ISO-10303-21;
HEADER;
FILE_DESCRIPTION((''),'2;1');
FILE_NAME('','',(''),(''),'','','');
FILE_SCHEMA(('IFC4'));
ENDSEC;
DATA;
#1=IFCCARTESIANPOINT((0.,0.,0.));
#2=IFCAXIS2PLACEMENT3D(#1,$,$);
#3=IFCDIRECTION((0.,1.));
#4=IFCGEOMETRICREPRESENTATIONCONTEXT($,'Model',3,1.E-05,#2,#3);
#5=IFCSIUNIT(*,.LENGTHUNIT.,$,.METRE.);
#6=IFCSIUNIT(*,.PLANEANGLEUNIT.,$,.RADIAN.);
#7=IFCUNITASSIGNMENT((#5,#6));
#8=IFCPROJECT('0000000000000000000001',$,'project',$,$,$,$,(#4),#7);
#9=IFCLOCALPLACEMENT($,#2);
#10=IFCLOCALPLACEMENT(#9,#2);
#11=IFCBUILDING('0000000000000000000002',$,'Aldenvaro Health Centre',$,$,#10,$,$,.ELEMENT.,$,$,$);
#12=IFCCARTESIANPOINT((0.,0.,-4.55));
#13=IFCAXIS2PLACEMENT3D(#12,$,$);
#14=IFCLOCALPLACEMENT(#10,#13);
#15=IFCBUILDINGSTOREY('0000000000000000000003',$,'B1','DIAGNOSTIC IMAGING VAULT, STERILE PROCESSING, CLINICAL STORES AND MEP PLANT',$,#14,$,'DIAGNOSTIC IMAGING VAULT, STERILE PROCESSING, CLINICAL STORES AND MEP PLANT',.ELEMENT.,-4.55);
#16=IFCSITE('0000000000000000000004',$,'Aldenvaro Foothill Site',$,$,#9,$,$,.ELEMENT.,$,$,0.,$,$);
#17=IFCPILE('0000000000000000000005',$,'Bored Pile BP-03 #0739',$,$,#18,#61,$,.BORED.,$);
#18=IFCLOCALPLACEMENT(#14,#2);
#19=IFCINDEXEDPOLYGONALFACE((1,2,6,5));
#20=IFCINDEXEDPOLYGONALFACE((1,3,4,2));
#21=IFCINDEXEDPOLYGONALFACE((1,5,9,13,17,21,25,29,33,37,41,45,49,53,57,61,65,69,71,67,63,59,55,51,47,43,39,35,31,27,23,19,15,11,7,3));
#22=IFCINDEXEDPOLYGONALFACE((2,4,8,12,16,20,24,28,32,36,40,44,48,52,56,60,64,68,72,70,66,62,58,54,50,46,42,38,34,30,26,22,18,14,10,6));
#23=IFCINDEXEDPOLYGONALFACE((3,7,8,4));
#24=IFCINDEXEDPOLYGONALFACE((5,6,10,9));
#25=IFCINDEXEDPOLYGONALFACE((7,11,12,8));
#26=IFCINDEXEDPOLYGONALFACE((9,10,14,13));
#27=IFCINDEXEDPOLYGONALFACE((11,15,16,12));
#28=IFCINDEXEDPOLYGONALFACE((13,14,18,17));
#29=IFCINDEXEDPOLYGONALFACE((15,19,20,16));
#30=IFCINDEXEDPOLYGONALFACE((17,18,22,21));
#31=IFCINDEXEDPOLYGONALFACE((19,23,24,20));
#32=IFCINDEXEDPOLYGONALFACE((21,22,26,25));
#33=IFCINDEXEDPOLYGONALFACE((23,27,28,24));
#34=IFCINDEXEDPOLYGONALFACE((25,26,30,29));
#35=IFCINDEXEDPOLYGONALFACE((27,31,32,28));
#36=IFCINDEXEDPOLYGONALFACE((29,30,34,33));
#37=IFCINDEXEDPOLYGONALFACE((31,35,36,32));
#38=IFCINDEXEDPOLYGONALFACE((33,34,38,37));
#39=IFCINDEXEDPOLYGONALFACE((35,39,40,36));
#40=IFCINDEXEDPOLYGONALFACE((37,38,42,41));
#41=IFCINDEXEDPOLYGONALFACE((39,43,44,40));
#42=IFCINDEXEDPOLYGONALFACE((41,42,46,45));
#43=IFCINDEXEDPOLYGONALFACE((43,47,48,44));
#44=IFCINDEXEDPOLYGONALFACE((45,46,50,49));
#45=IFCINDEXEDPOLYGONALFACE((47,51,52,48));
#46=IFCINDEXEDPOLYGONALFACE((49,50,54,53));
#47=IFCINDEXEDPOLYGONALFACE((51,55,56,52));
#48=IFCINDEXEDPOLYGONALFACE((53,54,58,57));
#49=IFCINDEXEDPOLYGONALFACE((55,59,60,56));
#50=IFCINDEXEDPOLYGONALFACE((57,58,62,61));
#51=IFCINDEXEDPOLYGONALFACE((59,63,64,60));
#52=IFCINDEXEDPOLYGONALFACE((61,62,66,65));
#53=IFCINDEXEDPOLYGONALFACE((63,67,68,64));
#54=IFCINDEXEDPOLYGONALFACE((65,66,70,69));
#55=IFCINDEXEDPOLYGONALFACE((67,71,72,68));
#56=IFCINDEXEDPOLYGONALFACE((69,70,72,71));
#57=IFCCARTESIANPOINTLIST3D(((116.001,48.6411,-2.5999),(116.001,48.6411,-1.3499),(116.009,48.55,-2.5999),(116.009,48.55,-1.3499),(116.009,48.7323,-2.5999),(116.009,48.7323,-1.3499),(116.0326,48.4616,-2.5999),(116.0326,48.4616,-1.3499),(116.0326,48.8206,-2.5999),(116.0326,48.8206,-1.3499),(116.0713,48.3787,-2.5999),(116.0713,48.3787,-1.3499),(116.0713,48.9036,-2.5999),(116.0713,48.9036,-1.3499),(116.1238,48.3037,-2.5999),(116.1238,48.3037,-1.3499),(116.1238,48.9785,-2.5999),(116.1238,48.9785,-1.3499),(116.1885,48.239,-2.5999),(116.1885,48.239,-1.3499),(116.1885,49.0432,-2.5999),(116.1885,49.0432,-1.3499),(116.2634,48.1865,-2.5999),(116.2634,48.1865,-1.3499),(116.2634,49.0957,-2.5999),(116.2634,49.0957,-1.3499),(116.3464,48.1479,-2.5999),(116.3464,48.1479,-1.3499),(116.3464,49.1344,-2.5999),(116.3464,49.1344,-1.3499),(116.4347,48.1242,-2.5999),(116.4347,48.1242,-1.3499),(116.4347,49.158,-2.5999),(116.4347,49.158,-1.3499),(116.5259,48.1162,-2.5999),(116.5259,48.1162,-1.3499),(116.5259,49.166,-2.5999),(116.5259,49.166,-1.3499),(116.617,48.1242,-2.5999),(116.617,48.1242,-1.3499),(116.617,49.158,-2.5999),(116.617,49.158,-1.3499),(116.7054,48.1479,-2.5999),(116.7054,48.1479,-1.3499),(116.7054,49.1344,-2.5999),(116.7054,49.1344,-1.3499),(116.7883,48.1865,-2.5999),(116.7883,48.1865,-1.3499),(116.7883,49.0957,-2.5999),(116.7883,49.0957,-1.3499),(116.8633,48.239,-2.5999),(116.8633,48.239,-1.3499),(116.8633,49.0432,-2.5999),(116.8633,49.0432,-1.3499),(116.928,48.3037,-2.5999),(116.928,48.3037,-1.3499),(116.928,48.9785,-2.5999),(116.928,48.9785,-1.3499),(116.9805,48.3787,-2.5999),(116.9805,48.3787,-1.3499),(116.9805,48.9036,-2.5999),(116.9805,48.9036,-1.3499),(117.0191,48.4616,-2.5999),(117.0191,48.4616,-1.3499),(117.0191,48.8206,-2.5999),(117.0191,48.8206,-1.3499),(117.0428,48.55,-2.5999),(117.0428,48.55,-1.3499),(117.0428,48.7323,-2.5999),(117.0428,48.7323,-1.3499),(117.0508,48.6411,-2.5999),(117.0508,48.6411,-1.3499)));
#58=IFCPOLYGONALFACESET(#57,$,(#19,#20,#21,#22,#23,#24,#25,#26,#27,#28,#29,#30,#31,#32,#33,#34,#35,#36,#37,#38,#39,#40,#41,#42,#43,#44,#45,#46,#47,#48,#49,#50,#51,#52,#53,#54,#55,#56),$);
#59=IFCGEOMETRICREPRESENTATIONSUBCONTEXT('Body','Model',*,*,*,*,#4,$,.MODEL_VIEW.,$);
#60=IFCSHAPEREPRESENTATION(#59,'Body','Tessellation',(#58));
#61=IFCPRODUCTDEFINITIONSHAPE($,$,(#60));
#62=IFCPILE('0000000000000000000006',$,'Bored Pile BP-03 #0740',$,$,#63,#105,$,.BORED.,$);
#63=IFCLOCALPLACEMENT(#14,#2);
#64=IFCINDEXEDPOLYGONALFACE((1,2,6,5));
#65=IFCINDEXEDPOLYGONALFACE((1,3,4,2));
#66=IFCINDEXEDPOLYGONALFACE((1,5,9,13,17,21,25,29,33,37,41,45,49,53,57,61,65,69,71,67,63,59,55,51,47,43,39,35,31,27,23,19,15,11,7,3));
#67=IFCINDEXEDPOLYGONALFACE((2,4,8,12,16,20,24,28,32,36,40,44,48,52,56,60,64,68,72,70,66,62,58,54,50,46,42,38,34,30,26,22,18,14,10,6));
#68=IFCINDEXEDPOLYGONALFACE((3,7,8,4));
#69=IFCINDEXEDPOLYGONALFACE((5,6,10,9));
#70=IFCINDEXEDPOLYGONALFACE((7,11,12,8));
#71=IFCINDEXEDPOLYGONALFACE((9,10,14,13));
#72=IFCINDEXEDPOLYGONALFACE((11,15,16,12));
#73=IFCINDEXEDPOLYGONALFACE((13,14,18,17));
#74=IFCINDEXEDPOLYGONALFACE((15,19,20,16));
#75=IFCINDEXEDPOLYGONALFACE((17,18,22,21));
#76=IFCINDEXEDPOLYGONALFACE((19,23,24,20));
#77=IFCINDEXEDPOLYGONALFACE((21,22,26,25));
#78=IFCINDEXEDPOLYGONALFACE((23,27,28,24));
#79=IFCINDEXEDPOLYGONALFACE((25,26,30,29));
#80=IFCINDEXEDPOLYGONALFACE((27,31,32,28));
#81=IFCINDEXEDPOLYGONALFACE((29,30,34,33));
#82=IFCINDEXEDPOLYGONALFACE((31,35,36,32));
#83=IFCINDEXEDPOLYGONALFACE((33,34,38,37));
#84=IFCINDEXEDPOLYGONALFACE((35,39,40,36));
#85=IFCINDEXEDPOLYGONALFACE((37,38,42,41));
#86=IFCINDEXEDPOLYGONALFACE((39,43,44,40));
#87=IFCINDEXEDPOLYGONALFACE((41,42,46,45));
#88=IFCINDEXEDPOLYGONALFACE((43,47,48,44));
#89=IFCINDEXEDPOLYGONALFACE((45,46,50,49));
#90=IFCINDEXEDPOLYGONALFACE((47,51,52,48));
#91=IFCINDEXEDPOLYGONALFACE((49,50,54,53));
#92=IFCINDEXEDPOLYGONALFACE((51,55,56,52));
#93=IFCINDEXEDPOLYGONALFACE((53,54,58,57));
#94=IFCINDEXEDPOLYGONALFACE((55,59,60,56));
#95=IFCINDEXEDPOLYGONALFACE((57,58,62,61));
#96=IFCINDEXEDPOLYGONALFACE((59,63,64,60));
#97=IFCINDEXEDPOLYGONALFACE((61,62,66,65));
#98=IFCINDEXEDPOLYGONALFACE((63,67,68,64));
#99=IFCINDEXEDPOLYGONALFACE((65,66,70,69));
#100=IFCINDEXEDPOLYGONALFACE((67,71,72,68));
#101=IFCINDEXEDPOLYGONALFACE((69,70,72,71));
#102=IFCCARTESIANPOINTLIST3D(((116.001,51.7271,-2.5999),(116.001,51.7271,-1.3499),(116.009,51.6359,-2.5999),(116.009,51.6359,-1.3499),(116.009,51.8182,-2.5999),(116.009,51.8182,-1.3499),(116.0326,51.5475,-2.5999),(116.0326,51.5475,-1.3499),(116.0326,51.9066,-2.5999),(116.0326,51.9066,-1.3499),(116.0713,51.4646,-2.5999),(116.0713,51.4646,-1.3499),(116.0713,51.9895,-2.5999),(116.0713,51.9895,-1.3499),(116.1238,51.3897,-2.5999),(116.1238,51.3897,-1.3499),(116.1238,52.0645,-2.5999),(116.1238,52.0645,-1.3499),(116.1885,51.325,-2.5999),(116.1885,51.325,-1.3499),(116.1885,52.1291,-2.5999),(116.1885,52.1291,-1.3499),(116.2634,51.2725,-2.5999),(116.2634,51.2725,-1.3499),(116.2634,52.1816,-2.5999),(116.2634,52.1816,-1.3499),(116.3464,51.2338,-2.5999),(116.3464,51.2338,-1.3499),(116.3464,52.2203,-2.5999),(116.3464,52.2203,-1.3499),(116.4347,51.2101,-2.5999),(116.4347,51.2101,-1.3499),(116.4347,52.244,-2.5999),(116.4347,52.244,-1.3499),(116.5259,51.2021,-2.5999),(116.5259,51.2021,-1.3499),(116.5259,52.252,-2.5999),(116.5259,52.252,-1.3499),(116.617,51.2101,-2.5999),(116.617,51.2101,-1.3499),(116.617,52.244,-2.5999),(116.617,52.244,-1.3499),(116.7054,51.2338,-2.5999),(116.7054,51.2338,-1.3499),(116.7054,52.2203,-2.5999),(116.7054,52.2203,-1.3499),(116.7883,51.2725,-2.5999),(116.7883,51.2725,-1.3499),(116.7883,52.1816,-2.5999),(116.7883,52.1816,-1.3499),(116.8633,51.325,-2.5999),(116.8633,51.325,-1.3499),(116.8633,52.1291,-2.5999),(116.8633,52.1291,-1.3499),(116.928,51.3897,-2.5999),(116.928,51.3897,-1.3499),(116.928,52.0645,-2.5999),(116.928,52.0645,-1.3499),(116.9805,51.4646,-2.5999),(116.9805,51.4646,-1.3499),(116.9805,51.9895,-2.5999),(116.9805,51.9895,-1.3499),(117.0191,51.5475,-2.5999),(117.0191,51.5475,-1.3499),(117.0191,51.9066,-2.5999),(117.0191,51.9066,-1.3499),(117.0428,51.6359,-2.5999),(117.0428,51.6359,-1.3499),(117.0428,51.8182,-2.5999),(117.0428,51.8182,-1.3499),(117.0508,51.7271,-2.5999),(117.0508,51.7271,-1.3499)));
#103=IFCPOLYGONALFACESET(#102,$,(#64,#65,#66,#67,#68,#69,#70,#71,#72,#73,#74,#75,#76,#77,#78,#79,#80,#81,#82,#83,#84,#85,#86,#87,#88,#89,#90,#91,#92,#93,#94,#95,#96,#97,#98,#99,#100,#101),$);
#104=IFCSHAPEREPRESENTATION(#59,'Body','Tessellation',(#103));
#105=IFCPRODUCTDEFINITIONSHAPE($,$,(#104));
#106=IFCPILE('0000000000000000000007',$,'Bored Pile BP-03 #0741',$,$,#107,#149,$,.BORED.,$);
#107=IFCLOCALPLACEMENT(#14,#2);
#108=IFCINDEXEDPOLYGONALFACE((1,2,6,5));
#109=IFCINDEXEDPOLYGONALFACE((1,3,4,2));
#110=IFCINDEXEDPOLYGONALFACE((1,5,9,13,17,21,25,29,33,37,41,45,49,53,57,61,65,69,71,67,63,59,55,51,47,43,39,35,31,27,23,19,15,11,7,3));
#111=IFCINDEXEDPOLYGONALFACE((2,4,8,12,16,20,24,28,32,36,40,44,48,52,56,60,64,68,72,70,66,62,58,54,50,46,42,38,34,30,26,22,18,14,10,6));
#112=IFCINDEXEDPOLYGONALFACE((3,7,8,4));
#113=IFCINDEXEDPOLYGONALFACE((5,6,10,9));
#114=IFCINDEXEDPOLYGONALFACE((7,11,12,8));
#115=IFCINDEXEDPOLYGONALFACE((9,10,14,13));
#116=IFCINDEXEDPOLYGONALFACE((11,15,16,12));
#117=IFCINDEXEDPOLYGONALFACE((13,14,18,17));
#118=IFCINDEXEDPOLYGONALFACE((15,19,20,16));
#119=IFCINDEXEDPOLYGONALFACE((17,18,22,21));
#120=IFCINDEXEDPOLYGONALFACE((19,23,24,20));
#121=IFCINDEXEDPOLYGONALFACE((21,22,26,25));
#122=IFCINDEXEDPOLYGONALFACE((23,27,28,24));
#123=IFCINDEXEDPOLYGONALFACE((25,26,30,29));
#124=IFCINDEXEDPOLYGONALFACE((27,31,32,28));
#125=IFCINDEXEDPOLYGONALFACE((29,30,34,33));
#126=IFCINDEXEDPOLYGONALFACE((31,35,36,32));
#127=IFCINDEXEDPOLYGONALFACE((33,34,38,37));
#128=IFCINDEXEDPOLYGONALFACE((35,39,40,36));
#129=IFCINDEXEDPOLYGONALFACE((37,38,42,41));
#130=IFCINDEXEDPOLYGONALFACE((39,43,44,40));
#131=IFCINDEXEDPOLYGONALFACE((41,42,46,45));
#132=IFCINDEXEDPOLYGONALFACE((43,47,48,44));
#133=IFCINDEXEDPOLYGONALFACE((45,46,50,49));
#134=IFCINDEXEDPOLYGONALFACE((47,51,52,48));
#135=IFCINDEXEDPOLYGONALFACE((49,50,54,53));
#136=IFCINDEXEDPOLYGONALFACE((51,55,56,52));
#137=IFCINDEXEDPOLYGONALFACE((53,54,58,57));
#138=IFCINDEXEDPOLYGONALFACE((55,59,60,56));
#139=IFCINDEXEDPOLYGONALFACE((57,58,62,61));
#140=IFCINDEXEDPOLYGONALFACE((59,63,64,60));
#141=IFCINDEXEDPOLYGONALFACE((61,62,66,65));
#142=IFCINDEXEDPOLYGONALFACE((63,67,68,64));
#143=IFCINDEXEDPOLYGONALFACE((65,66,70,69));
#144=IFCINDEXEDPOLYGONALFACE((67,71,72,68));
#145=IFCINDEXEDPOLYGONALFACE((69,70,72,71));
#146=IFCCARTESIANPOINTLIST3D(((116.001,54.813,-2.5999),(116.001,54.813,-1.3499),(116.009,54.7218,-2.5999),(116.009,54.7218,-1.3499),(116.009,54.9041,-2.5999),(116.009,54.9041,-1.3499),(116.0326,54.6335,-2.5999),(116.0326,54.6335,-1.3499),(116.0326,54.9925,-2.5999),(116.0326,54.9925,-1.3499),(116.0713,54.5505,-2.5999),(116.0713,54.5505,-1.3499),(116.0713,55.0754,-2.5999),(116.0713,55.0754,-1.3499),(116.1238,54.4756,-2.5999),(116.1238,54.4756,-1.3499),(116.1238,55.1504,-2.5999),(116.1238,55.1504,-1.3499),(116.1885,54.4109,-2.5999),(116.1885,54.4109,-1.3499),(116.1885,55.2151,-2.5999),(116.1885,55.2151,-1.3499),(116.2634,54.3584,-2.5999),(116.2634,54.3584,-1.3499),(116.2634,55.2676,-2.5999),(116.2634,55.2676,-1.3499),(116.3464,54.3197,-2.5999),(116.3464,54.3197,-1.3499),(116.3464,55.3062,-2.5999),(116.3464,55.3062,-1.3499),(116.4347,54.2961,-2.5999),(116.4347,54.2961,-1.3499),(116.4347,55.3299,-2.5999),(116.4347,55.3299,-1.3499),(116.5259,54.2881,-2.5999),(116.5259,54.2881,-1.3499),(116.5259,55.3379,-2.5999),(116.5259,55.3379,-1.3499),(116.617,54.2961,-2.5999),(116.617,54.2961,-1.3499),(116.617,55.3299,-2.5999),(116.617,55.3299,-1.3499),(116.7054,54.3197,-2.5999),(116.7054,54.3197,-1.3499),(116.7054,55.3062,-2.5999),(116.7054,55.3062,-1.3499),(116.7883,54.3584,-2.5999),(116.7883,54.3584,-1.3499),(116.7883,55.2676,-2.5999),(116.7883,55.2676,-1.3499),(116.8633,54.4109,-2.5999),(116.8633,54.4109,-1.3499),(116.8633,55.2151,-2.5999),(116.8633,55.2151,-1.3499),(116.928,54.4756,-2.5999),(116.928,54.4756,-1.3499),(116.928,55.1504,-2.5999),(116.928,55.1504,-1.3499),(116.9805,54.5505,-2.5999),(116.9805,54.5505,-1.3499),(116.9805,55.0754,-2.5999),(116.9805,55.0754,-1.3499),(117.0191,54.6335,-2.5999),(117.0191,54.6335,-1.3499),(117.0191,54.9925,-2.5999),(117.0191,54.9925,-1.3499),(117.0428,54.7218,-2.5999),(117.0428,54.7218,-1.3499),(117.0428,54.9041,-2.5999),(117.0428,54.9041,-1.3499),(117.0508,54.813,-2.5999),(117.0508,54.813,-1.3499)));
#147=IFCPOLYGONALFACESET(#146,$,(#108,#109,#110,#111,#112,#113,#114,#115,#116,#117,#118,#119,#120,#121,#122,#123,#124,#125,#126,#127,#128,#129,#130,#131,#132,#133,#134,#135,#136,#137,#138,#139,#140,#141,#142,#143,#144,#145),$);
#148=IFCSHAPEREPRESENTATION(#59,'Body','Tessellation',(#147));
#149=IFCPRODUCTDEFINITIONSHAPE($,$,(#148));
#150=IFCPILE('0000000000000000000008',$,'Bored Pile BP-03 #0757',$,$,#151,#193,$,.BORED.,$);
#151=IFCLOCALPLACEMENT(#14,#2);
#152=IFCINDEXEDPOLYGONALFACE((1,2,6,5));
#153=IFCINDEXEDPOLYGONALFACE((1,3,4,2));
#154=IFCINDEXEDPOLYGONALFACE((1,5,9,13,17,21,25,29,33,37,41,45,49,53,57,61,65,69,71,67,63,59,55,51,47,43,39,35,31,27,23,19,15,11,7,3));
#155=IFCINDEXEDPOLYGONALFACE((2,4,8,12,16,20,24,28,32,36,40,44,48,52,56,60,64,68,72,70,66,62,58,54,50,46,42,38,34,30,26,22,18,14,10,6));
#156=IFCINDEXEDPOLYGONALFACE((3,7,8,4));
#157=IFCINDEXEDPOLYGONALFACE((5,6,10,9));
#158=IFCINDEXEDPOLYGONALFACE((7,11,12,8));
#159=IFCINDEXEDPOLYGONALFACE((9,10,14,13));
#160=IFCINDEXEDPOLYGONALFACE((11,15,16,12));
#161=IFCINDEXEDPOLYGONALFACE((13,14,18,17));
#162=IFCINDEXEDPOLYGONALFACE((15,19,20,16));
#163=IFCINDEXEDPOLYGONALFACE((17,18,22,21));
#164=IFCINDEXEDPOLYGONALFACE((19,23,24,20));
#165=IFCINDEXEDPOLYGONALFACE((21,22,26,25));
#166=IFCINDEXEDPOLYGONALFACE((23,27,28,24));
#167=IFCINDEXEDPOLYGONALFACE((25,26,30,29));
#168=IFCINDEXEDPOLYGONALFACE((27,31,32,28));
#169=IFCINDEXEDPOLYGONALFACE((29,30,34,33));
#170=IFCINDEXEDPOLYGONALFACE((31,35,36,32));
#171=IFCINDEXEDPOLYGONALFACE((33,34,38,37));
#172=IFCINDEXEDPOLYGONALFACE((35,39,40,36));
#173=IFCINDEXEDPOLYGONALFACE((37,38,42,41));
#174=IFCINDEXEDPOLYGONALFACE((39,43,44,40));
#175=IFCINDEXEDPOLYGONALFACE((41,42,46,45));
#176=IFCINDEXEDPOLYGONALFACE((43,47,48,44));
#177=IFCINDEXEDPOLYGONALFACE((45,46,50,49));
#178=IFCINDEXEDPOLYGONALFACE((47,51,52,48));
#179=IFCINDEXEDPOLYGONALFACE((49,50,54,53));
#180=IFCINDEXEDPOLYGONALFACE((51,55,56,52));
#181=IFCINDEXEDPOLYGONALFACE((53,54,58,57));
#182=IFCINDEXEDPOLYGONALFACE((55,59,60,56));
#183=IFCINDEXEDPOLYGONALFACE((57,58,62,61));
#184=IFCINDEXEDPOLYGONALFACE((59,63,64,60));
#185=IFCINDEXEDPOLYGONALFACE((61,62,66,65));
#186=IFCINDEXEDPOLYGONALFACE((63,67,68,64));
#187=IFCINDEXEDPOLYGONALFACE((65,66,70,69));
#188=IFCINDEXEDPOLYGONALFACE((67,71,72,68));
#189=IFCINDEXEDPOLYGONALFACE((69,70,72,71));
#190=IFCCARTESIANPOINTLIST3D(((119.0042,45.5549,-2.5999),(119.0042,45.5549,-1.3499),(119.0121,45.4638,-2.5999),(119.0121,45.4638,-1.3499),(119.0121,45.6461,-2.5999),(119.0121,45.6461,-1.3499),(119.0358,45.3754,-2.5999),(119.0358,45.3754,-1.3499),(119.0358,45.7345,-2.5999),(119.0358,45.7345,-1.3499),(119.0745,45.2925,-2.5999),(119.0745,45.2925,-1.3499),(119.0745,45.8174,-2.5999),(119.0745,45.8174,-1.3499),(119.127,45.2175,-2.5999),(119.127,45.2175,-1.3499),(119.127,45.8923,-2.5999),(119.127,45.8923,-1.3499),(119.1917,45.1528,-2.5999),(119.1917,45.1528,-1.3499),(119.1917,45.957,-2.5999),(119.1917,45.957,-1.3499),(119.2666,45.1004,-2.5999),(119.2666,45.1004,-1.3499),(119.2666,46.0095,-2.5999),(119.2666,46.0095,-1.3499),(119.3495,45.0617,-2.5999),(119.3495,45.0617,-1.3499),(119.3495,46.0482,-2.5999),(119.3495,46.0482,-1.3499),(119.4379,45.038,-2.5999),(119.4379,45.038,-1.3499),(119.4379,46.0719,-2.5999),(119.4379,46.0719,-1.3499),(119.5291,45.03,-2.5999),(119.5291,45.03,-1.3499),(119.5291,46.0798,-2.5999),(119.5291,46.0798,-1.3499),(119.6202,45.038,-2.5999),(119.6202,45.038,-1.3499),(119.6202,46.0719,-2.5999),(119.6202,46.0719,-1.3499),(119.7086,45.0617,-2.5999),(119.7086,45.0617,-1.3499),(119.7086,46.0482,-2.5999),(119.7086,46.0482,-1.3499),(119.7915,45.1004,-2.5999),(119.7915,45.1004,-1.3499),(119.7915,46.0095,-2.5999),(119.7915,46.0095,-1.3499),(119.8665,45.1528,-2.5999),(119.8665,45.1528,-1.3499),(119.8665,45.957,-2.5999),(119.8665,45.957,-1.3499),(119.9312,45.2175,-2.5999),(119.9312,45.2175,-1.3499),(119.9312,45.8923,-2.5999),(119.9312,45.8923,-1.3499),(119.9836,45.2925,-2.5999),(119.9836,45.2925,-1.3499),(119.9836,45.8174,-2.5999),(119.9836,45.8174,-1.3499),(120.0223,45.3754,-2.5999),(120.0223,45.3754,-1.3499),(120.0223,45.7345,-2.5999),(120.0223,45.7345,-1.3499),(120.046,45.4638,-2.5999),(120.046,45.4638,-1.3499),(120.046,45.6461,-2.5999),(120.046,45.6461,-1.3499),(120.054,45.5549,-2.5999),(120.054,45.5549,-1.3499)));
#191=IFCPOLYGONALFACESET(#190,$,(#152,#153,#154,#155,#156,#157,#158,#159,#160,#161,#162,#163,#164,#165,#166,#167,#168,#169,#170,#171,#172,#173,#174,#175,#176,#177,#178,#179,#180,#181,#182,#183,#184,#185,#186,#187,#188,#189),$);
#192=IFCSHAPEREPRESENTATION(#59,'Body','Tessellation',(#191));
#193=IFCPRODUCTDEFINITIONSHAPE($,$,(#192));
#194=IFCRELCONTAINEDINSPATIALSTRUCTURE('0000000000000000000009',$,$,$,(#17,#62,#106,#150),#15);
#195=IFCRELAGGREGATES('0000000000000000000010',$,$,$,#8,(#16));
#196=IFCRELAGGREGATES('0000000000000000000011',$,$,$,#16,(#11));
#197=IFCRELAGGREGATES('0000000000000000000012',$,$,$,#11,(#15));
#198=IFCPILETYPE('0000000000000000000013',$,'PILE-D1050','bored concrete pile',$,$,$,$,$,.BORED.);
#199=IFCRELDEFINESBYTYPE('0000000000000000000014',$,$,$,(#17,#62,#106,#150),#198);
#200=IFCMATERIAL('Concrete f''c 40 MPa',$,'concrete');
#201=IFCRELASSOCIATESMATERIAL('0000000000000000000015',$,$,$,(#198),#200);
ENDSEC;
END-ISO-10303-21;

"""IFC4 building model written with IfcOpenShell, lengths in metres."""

from ifc_helpers import new_model, si_unit, direction, frame, origin, origin_2d, place, context, subcontext, project, spatial, circle, extrude, material, material_profile, profile_set, type_object, element, save


model = new_model("IFC4")

# Units and contexts
model_context = context("Model", 3, precision=1e-05, world=origin(), true_north=direction((0.0, 1.0)))
body_context = subcontext(model_context, "Body", "Model", "MODEL_VIEW")
ifc_project = project(units=[si_unit("LENGTHUNIT", "METRE"), si_unit("PLANEANGLEUNIT", "RADIAN")], contexts=[model_context])

# Site, building, storey
site_placement = place(None, origin())
site = spatial("IfcSite", under=ifc_project, at=site_placement, Name="Aldenvaro Foothill Site", CompositionType="ELEMENT", RefElevation=0.0)
building_placement = place(site_placement, origin())
building = spatial("IfcBuilding", under=site, at=building_placement, Name="Aldenvaro Health Centre", CompositionType="ELEMENT")
storey_placement = place(building_placement, frame((0.0, 0.0, -4.55)))
storey = spatial("IfcBuildingStorey", under=building, at=storey_placement, Name="B1", Description="DIAGNOSTIC IMAGING VAULT, STERILE PROCESSING, CLINICAL STORES AND MEP PLANT", LongName="DIAGNOSTIC IMAGING VAULT, STERILE PROCESSING, CLINICAL STORES AND MEP PLANT", CompositionType="ELEMENT", Elevation=-4.55)

# Piles
ifc_material = material(Name="Concrete f'c 40 MPa", Category="concrete")
ifc_material_profile = material_profile(ifc_material, circle(Radius=0.5249, at=origin_2d()), Name="PILE D1050", Category="concrete")
ifc_profile_set = profile_set([ifc_material_profile], Name="Concrete f'c 40 MPa")
pile_type = type_object("IfcPileType", Name="PILE-D1050", Description="bored concrete pile", PredefinedType="BORED", material=ifc_profile_set)
for number, where, z_axis, x_axis, name in (
    (1, (116.5259, 48.6411, -1.3499), (0.0, 0.0, -1.0), (1.0, 0.0, 0.0), "Bored Pile BP-03 #0739"),
    (2, (116.5259, 51.7271, -1.3499), (0.0, 0.0, -1.0), (1.0, 0.0, 0.0), "Bored Pile BP-03 #0740"),
    (3, (116.5259, 54.813, -1.3499), (0.0, 0.0, -1.0), (1.0, 0.0, 0.0), "Bored Pile BP-03 #0741"),
    (4, (119.5291, 45.5549, -1.3499), (0.0, 0.0, -1.0), (1.0, 0.0, 0.0), "Bored Pile BP-03 #0757"),
):
    element("IfcPile", number, at=place(storey_placement, frame(where, z_axis=z_axis, x_axis=x_axis)), inside=storey, type_object=pile_type, Name=name, PredefinedType="BORED", context=body_context, shape_type="SweptSolid", body=[
        extrude(circle(Radius=0.5249, at=origin_2d()), origin(), (0.0, 0.0, 1.0), 1.25),
    ])

save(model, "model.ifc")
